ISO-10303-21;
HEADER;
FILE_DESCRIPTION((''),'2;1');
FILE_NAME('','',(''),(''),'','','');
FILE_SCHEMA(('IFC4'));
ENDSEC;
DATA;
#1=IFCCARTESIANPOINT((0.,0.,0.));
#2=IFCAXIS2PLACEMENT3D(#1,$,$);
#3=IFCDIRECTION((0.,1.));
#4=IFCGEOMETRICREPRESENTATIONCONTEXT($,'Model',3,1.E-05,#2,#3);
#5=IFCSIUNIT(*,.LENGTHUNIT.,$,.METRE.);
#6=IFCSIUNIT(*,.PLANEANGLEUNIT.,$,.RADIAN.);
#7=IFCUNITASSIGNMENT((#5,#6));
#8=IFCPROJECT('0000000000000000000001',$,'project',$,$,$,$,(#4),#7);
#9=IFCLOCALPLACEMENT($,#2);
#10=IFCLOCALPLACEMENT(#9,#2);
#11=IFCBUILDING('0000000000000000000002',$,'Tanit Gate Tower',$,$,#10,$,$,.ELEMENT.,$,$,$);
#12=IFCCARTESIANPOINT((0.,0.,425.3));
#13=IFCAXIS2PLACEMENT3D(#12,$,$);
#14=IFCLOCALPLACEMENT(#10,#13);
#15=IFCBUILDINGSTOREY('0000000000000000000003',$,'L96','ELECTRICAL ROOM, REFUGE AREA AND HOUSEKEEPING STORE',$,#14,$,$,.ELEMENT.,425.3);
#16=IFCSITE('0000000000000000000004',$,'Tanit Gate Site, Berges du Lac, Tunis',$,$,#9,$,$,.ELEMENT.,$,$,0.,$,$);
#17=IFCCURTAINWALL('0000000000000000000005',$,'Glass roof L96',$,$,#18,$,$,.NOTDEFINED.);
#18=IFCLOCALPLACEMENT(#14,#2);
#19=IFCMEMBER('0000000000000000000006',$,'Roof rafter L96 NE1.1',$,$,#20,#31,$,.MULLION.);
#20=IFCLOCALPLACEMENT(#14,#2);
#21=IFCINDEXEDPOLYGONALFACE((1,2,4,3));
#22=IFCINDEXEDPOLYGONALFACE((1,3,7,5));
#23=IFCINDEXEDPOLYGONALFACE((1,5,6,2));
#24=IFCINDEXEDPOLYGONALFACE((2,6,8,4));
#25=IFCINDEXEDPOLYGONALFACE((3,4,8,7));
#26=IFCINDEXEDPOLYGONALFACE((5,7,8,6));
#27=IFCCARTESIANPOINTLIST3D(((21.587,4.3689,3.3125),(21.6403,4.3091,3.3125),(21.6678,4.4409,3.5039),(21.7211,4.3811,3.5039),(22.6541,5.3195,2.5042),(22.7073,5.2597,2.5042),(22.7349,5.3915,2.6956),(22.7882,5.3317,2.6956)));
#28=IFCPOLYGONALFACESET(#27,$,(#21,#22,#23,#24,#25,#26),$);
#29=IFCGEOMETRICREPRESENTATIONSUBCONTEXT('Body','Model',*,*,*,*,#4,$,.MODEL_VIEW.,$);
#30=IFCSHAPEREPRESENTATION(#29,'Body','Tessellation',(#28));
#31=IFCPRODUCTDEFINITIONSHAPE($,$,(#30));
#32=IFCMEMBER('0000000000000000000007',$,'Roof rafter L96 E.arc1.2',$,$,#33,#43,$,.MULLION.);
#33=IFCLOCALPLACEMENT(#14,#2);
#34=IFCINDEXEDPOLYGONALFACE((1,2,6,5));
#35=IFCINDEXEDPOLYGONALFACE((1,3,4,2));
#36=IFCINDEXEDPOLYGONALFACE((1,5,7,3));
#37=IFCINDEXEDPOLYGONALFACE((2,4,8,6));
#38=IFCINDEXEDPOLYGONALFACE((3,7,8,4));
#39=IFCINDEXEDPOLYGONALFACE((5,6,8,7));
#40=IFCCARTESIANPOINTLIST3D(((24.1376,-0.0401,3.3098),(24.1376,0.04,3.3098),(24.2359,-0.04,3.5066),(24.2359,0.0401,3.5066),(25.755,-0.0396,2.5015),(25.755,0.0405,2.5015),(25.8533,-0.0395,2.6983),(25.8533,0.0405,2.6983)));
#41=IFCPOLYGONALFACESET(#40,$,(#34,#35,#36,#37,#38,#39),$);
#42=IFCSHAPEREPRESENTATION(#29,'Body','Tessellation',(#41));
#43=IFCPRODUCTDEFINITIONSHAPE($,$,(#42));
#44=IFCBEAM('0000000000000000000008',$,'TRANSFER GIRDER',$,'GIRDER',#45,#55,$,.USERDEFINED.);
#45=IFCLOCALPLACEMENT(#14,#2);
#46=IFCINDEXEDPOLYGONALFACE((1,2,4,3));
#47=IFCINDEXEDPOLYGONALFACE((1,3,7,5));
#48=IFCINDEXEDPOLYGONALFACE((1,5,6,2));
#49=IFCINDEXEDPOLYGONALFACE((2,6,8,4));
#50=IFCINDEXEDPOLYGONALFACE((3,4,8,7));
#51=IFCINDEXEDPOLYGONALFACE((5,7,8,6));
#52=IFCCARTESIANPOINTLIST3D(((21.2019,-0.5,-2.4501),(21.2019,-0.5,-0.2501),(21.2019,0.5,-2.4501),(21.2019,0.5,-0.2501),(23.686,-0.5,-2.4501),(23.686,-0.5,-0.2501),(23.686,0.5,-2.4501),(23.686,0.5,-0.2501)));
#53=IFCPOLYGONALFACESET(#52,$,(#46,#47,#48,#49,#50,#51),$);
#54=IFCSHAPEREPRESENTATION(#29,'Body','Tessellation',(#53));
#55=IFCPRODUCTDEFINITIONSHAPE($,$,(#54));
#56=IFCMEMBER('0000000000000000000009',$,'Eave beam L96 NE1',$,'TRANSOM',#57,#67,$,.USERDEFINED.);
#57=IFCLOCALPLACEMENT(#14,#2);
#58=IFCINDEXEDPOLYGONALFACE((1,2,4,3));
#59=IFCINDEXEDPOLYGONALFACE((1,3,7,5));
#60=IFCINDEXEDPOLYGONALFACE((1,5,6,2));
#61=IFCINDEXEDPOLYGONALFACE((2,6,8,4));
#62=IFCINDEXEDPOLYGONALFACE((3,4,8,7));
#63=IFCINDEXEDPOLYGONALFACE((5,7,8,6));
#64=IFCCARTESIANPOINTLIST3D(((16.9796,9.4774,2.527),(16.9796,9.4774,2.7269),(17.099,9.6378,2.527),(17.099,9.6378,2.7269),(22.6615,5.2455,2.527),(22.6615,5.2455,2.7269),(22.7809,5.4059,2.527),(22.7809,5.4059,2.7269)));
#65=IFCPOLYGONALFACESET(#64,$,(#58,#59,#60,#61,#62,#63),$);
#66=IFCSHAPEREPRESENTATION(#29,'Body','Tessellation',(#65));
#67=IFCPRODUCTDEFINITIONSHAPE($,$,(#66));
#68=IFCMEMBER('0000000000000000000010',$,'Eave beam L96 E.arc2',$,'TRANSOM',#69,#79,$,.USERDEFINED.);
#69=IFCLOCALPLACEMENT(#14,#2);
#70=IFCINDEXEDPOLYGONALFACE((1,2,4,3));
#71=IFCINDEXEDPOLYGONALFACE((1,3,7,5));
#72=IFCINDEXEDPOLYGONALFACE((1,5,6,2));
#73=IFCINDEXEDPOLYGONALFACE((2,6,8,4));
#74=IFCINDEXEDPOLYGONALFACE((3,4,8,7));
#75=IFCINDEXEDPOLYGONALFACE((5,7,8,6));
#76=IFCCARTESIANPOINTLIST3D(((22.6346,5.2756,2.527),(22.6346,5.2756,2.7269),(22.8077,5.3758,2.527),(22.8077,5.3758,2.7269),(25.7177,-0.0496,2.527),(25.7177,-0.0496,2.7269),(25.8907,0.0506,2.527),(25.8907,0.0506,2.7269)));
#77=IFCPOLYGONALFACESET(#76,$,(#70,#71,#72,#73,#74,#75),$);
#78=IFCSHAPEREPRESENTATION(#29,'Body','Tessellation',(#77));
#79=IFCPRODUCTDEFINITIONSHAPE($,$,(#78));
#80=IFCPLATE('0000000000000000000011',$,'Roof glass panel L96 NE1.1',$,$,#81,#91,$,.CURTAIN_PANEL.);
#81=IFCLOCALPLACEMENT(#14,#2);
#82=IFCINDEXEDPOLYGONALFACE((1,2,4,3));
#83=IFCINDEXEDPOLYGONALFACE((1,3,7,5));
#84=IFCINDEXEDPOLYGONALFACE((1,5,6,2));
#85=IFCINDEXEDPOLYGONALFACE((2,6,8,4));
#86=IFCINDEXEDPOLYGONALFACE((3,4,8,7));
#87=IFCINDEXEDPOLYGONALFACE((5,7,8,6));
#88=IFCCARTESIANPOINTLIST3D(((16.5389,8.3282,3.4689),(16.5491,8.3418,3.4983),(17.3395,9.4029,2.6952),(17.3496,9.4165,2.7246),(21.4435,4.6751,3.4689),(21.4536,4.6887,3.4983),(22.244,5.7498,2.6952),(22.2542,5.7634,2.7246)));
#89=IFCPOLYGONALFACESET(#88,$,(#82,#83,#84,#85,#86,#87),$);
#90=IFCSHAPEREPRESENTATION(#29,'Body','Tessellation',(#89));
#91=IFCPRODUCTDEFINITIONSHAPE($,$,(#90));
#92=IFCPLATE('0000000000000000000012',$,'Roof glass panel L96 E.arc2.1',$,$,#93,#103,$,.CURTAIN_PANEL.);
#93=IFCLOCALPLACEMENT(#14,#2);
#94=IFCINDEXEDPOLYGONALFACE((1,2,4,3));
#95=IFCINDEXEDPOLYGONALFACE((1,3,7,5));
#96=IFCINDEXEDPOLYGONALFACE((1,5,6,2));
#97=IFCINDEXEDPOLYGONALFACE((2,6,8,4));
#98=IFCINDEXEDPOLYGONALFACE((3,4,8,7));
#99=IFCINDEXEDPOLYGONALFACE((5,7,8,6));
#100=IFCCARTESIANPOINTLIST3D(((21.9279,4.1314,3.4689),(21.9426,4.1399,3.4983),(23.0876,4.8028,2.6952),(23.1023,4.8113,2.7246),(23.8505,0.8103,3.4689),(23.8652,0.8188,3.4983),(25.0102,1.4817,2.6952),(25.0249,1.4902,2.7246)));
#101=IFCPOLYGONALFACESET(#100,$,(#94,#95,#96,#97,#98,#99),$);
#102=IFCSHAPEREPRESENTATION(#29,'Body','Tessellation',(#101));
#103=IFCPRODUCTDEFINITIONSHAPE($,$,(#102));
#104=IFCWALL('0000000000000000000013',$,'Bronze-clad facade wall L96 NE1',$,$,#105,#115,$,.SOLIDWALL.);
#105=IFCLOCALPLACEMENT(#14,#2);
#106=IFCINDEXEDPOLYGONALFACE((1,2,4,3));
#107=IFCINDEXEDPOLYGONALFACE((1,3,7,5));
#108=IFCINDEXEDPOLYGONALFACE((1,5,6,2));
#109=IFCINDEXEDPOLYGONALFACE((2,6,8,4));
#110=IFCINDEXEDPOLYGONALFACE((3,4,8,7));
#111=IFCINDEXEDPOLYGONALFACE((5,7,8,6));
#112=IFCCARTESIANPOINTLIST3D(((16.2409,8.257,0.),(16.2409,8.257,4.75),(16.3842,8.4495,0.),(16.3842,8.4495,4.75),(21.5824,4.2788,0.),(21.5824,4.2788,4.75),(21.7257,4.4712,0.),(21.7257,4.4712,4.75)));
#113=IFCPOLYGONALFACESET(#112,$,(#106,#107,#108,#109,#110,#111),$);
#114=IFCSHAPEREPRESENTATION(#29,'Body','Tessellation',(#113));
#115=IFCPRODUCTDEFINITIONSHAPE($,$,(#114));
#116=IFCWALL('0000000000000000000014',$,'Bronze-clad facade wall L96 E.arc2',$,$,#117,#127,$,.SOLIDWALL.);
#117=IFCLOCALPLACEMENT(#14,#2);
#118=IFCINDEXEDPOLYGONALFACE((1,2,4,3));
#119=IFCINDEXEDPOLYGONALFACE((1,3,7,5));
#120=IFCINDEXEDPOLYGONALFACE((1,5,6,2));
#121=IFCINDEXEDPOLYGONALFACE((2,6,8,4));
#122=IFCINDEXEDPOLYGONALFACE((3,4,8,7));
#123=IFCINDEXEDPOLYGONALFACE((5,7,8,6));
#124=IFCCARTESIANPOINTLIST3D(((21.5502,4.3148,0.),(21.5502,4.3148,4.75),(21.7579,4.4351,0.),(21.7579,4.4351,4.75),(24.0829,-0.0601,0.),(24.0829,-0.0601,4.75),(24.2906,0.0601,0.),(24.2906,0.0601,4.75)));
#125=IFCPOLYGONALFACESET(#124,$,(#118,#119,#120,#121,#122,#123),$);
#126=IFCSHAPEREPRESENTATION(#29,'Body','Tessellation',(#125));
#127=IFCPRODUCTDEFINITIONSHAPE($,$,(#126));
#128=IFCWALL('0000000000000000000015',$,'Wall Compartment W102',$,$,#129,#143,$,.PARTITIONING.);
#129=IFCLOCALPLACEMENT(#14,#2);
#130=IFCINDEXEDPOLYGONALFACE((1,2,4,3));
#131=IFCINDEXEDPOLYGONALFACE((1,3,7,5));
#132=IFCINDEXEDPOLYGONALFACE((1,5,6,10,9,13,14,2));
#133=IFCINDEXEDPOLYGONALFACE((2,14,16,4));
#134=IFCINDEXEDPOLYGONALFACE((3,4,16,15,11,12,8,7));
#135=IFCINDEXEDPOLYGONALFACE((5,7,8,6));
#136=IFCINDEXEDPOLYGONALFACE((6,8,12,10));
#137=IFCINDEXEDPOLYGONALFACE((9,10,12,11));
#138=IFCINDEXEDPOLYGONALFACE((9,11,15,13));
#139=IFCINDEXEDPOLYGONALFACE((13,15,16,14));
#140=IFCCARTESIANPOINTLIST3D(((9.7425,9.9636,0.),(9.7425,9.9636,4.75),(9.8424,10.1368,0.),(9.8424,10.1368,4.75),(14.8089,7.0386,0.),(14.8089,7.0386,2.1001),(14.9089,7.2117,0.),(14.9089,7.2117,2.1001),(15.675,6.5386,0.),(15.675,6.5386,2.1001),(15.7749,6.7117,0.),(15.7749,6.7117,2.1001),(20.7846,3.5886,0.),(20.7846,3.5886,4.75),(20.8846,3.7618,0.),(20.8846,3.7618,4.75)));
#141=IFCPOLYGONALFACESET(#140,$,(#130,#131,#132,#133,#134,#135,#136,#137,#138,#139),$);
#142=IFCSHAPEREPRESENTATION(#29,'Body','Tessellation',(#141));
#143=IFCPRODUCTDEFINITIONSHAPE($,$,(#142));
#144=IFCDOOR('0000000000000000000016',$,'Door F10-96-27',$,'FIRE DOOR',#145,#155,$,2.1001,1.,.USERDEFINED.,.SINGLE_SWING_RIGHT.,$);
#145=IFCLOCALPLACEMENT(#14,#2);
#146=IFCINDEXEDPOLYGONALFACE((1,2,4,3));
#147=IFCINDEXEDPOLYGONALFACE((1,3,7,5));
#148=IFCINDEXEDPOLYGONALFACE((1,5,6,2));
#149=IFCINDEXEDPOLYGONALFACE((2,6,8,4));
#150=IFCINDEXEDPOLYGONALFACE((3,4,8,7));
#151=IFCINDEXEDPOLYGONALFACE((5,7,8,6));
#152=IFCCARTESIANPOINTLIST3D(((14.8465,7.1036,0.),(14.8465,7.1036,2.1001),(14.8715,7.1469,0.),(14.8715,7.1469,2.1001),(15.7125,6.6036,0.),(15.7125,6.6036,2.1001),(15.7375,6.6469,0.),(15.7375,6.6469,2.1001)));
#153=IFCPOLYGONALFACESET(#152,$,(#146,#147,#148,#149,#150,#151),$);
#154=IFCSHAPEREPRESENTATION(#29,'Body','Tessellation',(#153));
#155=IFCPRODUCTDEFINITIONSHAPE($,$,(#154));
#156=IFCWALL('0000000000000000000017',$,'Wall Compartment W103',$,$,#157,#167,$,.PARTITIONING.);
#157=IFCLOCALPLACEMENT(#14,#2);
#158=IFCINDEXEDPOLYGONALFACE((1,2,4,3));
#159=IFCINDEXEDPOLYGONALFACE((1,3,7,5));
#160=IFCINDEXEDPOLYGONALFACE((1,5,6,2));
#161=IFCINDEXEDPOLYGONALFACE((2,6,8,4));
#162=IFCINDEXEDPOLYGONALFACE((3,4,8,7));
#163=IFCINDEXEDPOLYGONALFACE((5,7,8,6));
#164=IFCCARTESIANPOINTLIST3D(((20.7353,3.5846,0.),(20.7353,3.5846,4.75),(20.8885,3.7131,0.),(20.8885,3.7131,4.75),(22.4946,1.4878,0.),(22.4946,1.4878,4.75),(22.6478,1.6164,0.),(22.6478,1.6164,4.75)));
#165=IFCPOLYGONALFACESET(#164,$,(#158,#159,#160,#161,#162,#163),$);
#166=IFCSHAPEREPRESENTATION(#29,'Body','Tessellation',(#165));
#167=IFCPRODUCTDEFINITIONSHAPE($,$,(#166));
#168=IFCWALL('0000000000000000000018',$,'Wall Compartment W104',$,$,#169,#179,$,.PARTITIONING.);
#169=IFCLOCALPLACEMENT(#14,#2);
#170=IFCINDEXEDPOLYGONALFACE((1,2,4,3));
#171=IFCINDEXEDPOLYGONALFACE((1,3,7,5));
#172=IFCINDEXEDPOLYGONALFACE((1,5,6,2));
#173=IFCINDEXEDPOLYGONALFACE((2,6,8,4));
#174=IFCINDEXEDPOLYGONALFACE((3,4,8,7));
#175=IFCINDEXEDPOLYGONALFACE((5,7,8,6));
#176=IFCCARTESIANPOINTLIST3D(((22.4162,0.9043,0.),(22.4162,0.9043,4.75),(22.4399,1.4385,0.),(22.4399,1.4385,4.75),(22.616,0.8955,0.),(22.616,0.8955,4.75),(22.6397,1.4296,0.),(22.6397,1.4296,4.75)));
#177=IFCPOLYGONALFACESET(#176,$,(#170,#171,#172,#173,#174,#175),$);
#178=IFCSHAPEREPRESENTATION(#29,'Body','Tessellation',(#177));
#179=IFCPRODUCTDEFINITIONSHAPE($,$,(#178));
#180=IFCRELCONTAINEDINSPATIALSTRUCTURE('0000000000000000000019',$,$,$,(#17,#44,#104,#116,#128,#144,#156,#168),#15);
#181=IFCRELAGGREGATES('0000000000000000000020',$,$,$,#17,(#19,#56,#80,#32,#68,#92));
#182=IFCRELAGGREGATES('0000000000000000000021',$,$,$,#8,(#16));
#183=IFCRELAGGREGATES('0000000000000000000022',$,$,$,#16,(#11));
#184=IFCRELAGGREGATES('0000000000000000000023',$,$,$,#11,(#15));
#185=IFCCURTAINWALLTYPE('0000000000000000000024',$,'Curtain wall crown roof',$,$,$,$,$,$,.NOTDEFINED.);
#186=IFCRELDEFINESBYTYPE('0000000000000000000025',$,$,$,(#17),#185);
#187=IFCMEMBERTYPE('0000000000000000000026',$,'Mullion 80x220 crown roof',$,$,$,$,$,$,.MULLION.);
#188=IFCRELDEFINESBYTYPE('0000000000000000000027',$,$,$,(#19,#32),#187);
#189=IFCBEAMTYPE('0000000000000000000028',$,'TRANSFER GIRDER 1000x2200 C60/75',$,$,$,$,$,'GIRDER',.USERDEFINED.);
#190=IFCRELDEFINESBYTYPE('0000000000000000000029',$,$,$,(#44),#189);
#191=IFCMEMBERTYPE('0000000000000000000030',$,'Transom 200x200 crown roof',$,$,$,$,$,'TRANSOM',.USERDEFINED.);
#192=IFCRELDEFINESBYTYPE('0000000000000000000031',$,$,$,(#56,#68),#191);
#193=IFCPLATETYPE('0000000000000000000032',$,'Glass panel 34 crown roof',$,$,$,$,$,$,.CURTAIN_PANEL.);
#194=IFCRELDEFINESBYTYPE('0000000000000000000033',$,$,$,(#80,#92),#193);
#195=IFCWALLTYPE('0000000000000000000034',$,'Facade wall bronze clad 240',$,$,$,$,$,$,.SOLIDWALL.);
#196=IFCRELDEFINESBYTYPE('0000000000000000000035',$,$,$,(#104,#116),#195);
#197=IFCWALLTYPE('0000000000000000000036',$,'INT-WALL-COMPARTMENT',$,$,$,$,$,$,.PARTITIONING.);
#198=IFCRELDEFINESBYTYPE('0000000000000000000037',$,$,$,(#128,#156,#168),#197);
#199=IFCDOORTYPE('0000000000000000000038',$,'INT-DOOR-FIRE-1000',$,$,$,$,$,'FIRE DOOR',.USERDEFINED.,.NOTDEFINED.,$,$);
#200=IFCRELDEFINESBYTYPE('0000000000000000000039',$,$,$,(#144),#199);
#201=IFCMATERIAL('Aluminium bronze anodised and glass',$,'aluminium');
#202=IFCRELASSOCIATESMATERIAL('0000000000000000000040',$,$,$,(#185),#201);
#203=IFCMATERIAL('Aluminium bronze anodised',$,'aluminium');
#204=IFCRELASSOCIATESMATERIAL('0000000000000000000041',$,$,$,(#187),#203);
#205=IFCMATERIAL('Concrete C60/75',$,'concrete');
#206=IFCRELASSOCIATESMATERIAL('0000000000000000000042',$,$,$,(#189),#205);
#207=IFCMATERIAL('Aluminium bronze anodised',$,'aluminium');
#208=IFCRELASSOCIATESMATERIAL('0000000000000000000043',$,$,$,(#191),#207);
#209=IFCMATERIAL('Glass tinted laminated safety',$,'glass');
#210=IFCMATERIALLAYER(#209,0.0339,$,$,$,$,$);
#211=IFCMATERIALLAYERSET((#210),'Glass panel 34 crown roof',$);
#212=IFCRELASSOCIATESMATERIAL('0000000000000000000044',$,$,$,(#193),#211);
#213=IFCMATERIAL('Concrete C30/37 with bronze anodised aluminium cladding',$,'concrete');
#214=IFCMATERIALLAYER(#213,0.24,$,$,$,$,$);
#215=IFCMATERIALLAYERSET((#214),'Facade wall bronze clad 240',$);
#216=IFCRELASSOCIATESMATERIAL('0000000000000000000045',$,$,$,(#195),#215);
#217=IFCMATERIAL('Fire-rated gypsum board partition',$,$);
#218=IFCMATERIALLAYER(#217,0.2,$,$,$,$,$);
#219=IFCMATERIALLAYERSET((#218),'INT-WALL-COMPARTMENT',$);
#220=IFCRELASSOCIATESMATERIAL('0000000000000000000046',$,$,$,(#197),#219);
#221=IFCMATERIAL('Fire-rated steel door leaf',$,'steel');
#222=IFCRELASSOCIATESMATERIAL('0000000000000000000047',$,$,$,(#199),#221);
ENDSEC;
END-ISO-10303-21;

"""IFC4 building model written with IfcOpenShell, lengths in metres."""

from ifc_helpers import new_model, si_unit, direction, frame, frame_2d, origin, origin_2d, place, context, subcontext, project, spatial, polyline, rectangle, outline, extrude, material, layer, layer_set, material_profile, profile_set, type_object, element, fill, aggregate, save


model = new_model("IFC4")

# Units and contexts
model_context = context("Model", 3, precision=1e-05, world=origin(), true_north=direction((0.0, 1.0)))
body_context = subcontext(model_context, "Body", "Model", "MODEL_VIEW")
ifc_project = project(units=[si_unit("LENGTHUNIT", "METRE"), si_unit("PLANEANGLEUNIT", "RADIAN")], contexts=[model_context])

# Site, building, storey
site_placement = place(None, origin())
site = spatial("IfcSite", under=ifc_project, at=site_placement, Name="Tanit Gate Site, Berges du Lac, Tunis", CompositionType="ELEMENT", RefElevation=0.0)
building_placement = place(site_placement, origin())
building = spatial("IfcBuilding", under=site, at=building_placement, Name="Tanit Gate Tower", CompositionType="ELEMENT")
storey_placement = place(building_placement, frame((0.0, 0.0, 425.3)))
storey = spatial("IfcBuildingStorey", under=building, at=storey_placement, Name="L96", Description="ELECTRICAL ROOM, REFUGE AREA AND HOUSEKEEPING STORE", CompositionType="ELEMENT", Elevation=425.3)

# Curtain wall, members
ifc_material_1 = material(Name="Aluminium bronze anodised and glass", Category="aluminium")
curtain_wall_type = type_object("IfcCurtainWallType", Name="Curtain wall crown roof", PredefinedType="NOTDEFINED", material=ifc_material_1)
curtain_wall_placement = place(storey_placement, origin())
curtain_wall = element("IfcCurtainWall", 1, at=curtain_wall_placement, inside=storey, type_object=curtain_wall_type, Name="Glass roof L96", PredefinedType="NOTDEFINED")
ifc_material_2 = material(Name="Aluminium bronze anodised", Category="aluminium")
ifc_material_profile_1 = material_profile(ifc_material_2, rectangle(XDim=0.0801, YDim=0.22, at=origin_2d()), Name="80x220 bronze rafter")
ifc_profile_set_1 = profile_set([ifc_material_profile_1], Name="Aluminium bronze anodised")
member_type_1 = type_object("IfcMemberType", Name="Mullion 80x220 crown roof", PredefinedType="MULLION", material=ifc_profile_set_1)
member_1_placement = place(storey_placement, frame((21.6541, 4.375, 3.4082), z_axis=(0.64992, 0.578995, -0.492309), x_axis=(-0.66519, 0.746674, 0.0)))
member_1 = element("IfcMember", 2, at=member_1_placement, type_object=member_type_1, Name="Roof rafter L96 NE1.1", PredefinedType="MULLION", context=body_context, shape_type="SweptSolid", body=[
    extrude(rectangle(XDim=0.0801, YDim=0.22, at=origin_2d()), origin(), (0.0, 0.0, 1.0), 1.6418),
])
member_2_placement = place(storey_placement, frame((24.1868, 0.0, 3.4082), z_axis=(0.894508, 0.00027, -0.447052), x_axis=(-0.000302, 1.0, 0.0)))
member_2 = element("IfcMember", 3, at=member_2_placement, type_object=member_type_1, Name="Roof rafter L96 E.arc1.2", PredefinedType="MULLION", context=body_context, shape_type="SweptSolid", body=[
    extrude(rectangle(XDim=0.0801, YDim=0.22, at=origin_2d()), origin(), (0.0, 0.0, 1.0), 1.8081),
])

# Beam
ifc_material_3 = material(Name="Concrete C60/75", Category="concrete")
ifc_material_profile_2 = material_profile(ifc_material_3, rectangle(XDim=1.0, YDim=2.2, at=origin_2d()), Name="RC 1000x2200")
ifc_profile_set_2 = profile_set([ifc_material_profile_2], Name="Concrete C60/75")
beam_type = type_object("IfcBeamType", Name="TRANSFER GIRDER 1000x2200 C60/75", ElementType="GIRDER", PredefinedType="USERDEFINED", material=ifc_profile_set_2)
beam_placement = place(storey_placement, frame((23.686, 0.0, -1.3501), z_axis=(-1.0, 0.0, 0.0), x_axis=(0.0, -1.0, 0.0)))
element("IfcBeam", 4, at=beam_placement, inside=storey, type_object=beam_type, Name="TRANSFER GIRDER", ObjectType="GIRDER", PredefinedType="USERDEFINED", context=body_context, shape_type="SweptSolid", body=[
    extrude(rectangle(XDim=1.0, YDim=2.2, at=origin_2d()), origin(), (0.0, 0.0, 1.0), 2.4841),
])

# Members
ifc_material_4 = material(Name="Aluminium bronze anodised", Category="aluminium")
ifc_material_profile_3 = material_profile(ifc_material_4, rectangle(XDim=0.2, YDim=0.2, at=origin_2d()), Name="200x200 bronze transom")
ifc_profile_set_3 = profile_set([ifc_material_profile_3], Name="Aluminium bronze anodised")
member_type_2 = type_object("IfcMemberType", Name="Transom 200x200 crown roof", ElementType="TRANSOM", PredefinedType="USERDEFINED", material=ifc_profile_set_3)
member_3_placement = place(storey_placement, frame((22.7212, 5.3257, 2.627), z_axis=(-0.801993, 0.597334, 0.0), x_axis=(-0.597334, -0.801993, 0.0)))
member_3 = element("IfcMember", 5, at=member_3_placement, type_object=member_type_2, Name="Eave beam L96 NE1", ObjectType="TRANSOM", PredefinedType="USERDEFINED", context=body_context, shape_type="SweptSolid", body=[
    extrude(rectangle(XDim=0.2, YDim=0.2, at=origin_2d()), origin(), (0.0, 0.0, 1.0), 7.0847),
])
member_4_placement = place(storey_placement, frame((25.8042, 0.0005, 2.627), z_axis=(-0.501036, 0.865426, 0.0), x_axis=(-0.865426, -0.501036, 0.0)))
member_4 = element("IfcMember", 6, at=member_4_placement, type_object=member_type_2, Name="Eave beam L96 E.arc2", ObjectType="TRANSOM", PredefinedType="USERDEFINED", context=body_context, shape_type="SweptSolid", body=[
    extrude(rectangle(XDim=0.2, YDim=0.2, at=origin_2d()), origin(), (0.0, 0.0, 1.0), 6.1533),
])

# Plates
ifc_material_5 = material(Name="Glass tinted laminated safety", Category="glass")
ifc_layer_1 = layer(ifc_material_5, 0.0339)
ifc_layer_set_1 = layer_set([ifc_layer_1], Name="Glass panel 34 crown roof")
plate_type = type_object("IfcPlateType", Name="Glass panel 34 crown roof", PredefinedType="CURTAIN_PANEL", material=ifc_layer_set_1)
plate_1_placement = place(storey_placement, frame((21.4536, 4.6887, 3.4983), z_axis=(0.298666, 0.400983, 0.866032), x_axis=(-0.801984, 0.597346, 0.0)))
plate_1 = element("IfcPlate", 7, at=plate_1_placement, type_object=plate_type, Name="Roof glass panel L96 NE1.1", PredefinedType="CURTAIN_PANEL", context=body_context, shape_type="SweptSolid", body=[
    extrude(outline(polyline([(0.0, 0.0), (6.1155, 0.0), (6.1155, -1.5474), (0.0, -1.5474), (0.0, 0.0)])), origin(), (0.0, 0.0, -1.0), 0.0339),
])
plate_2_placement = place(storey_placement, frame((23.8652, 0.8188, 3.4983), z_axis=(0.432733, 0.250516, 0.866016), x_axis=(-0.501016, 0.865438, 0.0)))
plate_2 = element("IfcPlate", 8, at=plate_2_placement, type_object=plate_type, Name="Roof glass panel L96 E.arc2.1", PredefinedType="CURTAIN_PANEL", context=body_context, shape_type="SweptSolid", body=[
    extrude(outline(polyline([(0.0, 0.0), (3.8374, 0.0), (3.8374, -1.5473), (0.0, -1.5473), (0.0, 0.0)])), origin(), (0.0, 0.0, -1.0), 0.0339),
])
aggregate(curtain_wall, [member_1, member_3, plate_1, member_2, member_4, plate_2])

# Walls
ifc_material_6 = material(Name="Concrete C30/37 with bronze anodised aluminium cladding", Category="concrete")
ifc_layer_2 = layer(ifc_material_6, 0.24)
ifc_layer_set_2 = layer_set([ifc_layer_2], Name="Facade wall bronze clad 240")
wall_type_1 = type_object("IfcWallType", Name="Facade wall bronze clad 240", PredefinedType="SOLIDWALL", material=ifc_layer_set_2)
wall_1_placement = place(storey_placement, frame((21.6541, 4.375, 0.0), z_axis=(0.0, 0.0, 1.0), x_axis=(-0.802006, 0.597316, 0.0)))
element("IfcWall", 9, at=wall_1_placement, inside=storey, type_object=wall_type_1, Name="Bronze-clad facade wall L96 NE1", PredefinedType="SOLIDWALL", context=body_context, shape_type="SweptSolid", body=[
    extrude(rectangle(XDim=6.6602, YDim=0.24, at=frame_2d((3.3301, 0.0))), origin(), (0.0, 0.0, 1.0), 4.75),
])
wall_2_placement = place(storey_placement, frame((24.1868, 0.0, 0.0), z_axis=(0.0, 0.0, 1.0), x_axis=(-0.50101, 0.865442, 0.0)))
element("IfcWall", 10, at=wall_2_placement, inside=storey, type_object=wall_type_1, Name="Bronze-clad facade wall L96 E.arc2", PredefinedType="SOLIDWALL", context=body_context, shape_type="SweptSolid", body=[
    extrude(rectangle(XDim=5.0552, YDim=0.24, at=frame_2d((2.5276, 0.0))), origin(), (0.0, 0.0, 1.0), 4.75),
])

# Wall, opening, door
ifc_material_7 = material(Name="Fire-rated gypsum board partition")
ifc_layer_3 = layer(ifc_material_7, 0.2)
ifc_layer_set_3 = layer_set([ifc_layer_3], Name="INT-WALL-COMPARTMENT")
wall_type_2 = type_object("IfcWallType", Name="INT-WALL-COMPARTMENT", PredefinedType="PARTITIONING", material=ifc_layer_set_3)
wall_3_placement = place(storey_placement, frame((20.8345, 3.6753, 0.0), z_axis=(0.0, 0.0, 1.0), x_axis=(-0.866033, 0.499986, 0.0)))
wall_3 = element("IfcWall", 11, at=wall_3_placement, inside=storey, type_object=wall_type_2, Name="Wall Compartment W102", PredefinedType="PARTITIONING", context=body_context, shape_type="SweptSolid", body=[
    extrude(rectangle(XDim=12.7502, YDim=0.2, at=frame_2d((6.375, 0.0))), origin(), (0.0, 0.0, 1.0), 4.75),
])
opening_1_placement = place(wall_3_placement, frame((5.8999, 0.0, 0.0)))
opening_1 = element("IfcOpeningElement", 12, at=opening_1_placement, cuts=wall_3, PredefinedType="OPENING", context=body_context, shape_type="SweptSolid", body=[
    extrude(rectangle(XDim=1.0, YDim=2.1001, at=frame_2d((0.5, 1.05))), frame((0.0, 0.1099, 0.0), z_axis=(0.0, -1.0, 0.0), x_axis=(1.0, 0.0, 0.0)), (0.0, 0.0, 1.0), 0.22),
])
ifc_material_8 = material(Name="Fire-rated steel door leaf", Category="steel")
door_type_1 = type_object("IfcDoorType", Name="INT-DOOR-FIRE-1000", ElementType="FIRE DOOR", OperationType="NOTDEFINED", PredefinedType="USERDEFINED", material=ifc_material_8)
door_1_placement = place(opening_1_placement, origin())
door_1 = element("IfcDoor", 13, at=door_1_placement, inside=storey, type_object=door_type_1, Name="Door F10-96-27", ObjectType="FIRE DOOR", OperationType="SINGLE_SWING_RIGHT", OverallHeight=2.1001, OverallWidth=1.0, PredefinedType="USERDEFINED", context=body_context, shape_type="SweptSolid", body=[
    extrude(rectangle(XDim=1.0, YDim=2.1001, at=frame_2d((0.5, 1.05))), frame((0.0, 0.0249, 0.0), z_axis=(0.0, -1.0, 0.0), x_axis=(1.0, 0.0, 0.0)), (0.0, 0.0, 1.0), 0.05),
])
fill(opening_1, door_1)

# Walls
wall_4_placement = place(storey_placement, frame((22.5713, 1.552, 0.0), z_axis=(0.0, 0.0, 1.0), x_axis=(-0.642778, 0.766053, 0.0)))
element("IfcWall", 14, at=wall_4_placement, inside=storey, type_object=wall_type_2, Name="Wall Compartment W103", PredefinedType="PARTITIONING", context=body_context, shape_type="SweptSolid", body=[
    extrude(rectangle(XDim=2.7371, YDim=0.2, at=frame_2d((1.3687, 0.0))), origin(), (0.0, 0.0, 1.0), 4.75),
])
wall_5_placement = place(storey_placement, frame((22.5161, 0.8999, 0.0), z_axis=(0.0, 0.0, 1.0), x_axis=(0.044289, 0.999019, 0.0)))
element("IfcWall", 15, at=wall_5_placement, inside=storey, type_object=wall_type_2, Name="Wall Compartment W104", PredefinedType="PARTITIONING", context=body_context, shape_type="SweptSolid", body=[
    extrude(rectangle(XDim=0.5347, YDim=0.2, at=frame_2d((0.2673, 0.0))), origin(), (0.0, 0.0, 1.0), 4.75),
])

save(model, "model.ifc")
